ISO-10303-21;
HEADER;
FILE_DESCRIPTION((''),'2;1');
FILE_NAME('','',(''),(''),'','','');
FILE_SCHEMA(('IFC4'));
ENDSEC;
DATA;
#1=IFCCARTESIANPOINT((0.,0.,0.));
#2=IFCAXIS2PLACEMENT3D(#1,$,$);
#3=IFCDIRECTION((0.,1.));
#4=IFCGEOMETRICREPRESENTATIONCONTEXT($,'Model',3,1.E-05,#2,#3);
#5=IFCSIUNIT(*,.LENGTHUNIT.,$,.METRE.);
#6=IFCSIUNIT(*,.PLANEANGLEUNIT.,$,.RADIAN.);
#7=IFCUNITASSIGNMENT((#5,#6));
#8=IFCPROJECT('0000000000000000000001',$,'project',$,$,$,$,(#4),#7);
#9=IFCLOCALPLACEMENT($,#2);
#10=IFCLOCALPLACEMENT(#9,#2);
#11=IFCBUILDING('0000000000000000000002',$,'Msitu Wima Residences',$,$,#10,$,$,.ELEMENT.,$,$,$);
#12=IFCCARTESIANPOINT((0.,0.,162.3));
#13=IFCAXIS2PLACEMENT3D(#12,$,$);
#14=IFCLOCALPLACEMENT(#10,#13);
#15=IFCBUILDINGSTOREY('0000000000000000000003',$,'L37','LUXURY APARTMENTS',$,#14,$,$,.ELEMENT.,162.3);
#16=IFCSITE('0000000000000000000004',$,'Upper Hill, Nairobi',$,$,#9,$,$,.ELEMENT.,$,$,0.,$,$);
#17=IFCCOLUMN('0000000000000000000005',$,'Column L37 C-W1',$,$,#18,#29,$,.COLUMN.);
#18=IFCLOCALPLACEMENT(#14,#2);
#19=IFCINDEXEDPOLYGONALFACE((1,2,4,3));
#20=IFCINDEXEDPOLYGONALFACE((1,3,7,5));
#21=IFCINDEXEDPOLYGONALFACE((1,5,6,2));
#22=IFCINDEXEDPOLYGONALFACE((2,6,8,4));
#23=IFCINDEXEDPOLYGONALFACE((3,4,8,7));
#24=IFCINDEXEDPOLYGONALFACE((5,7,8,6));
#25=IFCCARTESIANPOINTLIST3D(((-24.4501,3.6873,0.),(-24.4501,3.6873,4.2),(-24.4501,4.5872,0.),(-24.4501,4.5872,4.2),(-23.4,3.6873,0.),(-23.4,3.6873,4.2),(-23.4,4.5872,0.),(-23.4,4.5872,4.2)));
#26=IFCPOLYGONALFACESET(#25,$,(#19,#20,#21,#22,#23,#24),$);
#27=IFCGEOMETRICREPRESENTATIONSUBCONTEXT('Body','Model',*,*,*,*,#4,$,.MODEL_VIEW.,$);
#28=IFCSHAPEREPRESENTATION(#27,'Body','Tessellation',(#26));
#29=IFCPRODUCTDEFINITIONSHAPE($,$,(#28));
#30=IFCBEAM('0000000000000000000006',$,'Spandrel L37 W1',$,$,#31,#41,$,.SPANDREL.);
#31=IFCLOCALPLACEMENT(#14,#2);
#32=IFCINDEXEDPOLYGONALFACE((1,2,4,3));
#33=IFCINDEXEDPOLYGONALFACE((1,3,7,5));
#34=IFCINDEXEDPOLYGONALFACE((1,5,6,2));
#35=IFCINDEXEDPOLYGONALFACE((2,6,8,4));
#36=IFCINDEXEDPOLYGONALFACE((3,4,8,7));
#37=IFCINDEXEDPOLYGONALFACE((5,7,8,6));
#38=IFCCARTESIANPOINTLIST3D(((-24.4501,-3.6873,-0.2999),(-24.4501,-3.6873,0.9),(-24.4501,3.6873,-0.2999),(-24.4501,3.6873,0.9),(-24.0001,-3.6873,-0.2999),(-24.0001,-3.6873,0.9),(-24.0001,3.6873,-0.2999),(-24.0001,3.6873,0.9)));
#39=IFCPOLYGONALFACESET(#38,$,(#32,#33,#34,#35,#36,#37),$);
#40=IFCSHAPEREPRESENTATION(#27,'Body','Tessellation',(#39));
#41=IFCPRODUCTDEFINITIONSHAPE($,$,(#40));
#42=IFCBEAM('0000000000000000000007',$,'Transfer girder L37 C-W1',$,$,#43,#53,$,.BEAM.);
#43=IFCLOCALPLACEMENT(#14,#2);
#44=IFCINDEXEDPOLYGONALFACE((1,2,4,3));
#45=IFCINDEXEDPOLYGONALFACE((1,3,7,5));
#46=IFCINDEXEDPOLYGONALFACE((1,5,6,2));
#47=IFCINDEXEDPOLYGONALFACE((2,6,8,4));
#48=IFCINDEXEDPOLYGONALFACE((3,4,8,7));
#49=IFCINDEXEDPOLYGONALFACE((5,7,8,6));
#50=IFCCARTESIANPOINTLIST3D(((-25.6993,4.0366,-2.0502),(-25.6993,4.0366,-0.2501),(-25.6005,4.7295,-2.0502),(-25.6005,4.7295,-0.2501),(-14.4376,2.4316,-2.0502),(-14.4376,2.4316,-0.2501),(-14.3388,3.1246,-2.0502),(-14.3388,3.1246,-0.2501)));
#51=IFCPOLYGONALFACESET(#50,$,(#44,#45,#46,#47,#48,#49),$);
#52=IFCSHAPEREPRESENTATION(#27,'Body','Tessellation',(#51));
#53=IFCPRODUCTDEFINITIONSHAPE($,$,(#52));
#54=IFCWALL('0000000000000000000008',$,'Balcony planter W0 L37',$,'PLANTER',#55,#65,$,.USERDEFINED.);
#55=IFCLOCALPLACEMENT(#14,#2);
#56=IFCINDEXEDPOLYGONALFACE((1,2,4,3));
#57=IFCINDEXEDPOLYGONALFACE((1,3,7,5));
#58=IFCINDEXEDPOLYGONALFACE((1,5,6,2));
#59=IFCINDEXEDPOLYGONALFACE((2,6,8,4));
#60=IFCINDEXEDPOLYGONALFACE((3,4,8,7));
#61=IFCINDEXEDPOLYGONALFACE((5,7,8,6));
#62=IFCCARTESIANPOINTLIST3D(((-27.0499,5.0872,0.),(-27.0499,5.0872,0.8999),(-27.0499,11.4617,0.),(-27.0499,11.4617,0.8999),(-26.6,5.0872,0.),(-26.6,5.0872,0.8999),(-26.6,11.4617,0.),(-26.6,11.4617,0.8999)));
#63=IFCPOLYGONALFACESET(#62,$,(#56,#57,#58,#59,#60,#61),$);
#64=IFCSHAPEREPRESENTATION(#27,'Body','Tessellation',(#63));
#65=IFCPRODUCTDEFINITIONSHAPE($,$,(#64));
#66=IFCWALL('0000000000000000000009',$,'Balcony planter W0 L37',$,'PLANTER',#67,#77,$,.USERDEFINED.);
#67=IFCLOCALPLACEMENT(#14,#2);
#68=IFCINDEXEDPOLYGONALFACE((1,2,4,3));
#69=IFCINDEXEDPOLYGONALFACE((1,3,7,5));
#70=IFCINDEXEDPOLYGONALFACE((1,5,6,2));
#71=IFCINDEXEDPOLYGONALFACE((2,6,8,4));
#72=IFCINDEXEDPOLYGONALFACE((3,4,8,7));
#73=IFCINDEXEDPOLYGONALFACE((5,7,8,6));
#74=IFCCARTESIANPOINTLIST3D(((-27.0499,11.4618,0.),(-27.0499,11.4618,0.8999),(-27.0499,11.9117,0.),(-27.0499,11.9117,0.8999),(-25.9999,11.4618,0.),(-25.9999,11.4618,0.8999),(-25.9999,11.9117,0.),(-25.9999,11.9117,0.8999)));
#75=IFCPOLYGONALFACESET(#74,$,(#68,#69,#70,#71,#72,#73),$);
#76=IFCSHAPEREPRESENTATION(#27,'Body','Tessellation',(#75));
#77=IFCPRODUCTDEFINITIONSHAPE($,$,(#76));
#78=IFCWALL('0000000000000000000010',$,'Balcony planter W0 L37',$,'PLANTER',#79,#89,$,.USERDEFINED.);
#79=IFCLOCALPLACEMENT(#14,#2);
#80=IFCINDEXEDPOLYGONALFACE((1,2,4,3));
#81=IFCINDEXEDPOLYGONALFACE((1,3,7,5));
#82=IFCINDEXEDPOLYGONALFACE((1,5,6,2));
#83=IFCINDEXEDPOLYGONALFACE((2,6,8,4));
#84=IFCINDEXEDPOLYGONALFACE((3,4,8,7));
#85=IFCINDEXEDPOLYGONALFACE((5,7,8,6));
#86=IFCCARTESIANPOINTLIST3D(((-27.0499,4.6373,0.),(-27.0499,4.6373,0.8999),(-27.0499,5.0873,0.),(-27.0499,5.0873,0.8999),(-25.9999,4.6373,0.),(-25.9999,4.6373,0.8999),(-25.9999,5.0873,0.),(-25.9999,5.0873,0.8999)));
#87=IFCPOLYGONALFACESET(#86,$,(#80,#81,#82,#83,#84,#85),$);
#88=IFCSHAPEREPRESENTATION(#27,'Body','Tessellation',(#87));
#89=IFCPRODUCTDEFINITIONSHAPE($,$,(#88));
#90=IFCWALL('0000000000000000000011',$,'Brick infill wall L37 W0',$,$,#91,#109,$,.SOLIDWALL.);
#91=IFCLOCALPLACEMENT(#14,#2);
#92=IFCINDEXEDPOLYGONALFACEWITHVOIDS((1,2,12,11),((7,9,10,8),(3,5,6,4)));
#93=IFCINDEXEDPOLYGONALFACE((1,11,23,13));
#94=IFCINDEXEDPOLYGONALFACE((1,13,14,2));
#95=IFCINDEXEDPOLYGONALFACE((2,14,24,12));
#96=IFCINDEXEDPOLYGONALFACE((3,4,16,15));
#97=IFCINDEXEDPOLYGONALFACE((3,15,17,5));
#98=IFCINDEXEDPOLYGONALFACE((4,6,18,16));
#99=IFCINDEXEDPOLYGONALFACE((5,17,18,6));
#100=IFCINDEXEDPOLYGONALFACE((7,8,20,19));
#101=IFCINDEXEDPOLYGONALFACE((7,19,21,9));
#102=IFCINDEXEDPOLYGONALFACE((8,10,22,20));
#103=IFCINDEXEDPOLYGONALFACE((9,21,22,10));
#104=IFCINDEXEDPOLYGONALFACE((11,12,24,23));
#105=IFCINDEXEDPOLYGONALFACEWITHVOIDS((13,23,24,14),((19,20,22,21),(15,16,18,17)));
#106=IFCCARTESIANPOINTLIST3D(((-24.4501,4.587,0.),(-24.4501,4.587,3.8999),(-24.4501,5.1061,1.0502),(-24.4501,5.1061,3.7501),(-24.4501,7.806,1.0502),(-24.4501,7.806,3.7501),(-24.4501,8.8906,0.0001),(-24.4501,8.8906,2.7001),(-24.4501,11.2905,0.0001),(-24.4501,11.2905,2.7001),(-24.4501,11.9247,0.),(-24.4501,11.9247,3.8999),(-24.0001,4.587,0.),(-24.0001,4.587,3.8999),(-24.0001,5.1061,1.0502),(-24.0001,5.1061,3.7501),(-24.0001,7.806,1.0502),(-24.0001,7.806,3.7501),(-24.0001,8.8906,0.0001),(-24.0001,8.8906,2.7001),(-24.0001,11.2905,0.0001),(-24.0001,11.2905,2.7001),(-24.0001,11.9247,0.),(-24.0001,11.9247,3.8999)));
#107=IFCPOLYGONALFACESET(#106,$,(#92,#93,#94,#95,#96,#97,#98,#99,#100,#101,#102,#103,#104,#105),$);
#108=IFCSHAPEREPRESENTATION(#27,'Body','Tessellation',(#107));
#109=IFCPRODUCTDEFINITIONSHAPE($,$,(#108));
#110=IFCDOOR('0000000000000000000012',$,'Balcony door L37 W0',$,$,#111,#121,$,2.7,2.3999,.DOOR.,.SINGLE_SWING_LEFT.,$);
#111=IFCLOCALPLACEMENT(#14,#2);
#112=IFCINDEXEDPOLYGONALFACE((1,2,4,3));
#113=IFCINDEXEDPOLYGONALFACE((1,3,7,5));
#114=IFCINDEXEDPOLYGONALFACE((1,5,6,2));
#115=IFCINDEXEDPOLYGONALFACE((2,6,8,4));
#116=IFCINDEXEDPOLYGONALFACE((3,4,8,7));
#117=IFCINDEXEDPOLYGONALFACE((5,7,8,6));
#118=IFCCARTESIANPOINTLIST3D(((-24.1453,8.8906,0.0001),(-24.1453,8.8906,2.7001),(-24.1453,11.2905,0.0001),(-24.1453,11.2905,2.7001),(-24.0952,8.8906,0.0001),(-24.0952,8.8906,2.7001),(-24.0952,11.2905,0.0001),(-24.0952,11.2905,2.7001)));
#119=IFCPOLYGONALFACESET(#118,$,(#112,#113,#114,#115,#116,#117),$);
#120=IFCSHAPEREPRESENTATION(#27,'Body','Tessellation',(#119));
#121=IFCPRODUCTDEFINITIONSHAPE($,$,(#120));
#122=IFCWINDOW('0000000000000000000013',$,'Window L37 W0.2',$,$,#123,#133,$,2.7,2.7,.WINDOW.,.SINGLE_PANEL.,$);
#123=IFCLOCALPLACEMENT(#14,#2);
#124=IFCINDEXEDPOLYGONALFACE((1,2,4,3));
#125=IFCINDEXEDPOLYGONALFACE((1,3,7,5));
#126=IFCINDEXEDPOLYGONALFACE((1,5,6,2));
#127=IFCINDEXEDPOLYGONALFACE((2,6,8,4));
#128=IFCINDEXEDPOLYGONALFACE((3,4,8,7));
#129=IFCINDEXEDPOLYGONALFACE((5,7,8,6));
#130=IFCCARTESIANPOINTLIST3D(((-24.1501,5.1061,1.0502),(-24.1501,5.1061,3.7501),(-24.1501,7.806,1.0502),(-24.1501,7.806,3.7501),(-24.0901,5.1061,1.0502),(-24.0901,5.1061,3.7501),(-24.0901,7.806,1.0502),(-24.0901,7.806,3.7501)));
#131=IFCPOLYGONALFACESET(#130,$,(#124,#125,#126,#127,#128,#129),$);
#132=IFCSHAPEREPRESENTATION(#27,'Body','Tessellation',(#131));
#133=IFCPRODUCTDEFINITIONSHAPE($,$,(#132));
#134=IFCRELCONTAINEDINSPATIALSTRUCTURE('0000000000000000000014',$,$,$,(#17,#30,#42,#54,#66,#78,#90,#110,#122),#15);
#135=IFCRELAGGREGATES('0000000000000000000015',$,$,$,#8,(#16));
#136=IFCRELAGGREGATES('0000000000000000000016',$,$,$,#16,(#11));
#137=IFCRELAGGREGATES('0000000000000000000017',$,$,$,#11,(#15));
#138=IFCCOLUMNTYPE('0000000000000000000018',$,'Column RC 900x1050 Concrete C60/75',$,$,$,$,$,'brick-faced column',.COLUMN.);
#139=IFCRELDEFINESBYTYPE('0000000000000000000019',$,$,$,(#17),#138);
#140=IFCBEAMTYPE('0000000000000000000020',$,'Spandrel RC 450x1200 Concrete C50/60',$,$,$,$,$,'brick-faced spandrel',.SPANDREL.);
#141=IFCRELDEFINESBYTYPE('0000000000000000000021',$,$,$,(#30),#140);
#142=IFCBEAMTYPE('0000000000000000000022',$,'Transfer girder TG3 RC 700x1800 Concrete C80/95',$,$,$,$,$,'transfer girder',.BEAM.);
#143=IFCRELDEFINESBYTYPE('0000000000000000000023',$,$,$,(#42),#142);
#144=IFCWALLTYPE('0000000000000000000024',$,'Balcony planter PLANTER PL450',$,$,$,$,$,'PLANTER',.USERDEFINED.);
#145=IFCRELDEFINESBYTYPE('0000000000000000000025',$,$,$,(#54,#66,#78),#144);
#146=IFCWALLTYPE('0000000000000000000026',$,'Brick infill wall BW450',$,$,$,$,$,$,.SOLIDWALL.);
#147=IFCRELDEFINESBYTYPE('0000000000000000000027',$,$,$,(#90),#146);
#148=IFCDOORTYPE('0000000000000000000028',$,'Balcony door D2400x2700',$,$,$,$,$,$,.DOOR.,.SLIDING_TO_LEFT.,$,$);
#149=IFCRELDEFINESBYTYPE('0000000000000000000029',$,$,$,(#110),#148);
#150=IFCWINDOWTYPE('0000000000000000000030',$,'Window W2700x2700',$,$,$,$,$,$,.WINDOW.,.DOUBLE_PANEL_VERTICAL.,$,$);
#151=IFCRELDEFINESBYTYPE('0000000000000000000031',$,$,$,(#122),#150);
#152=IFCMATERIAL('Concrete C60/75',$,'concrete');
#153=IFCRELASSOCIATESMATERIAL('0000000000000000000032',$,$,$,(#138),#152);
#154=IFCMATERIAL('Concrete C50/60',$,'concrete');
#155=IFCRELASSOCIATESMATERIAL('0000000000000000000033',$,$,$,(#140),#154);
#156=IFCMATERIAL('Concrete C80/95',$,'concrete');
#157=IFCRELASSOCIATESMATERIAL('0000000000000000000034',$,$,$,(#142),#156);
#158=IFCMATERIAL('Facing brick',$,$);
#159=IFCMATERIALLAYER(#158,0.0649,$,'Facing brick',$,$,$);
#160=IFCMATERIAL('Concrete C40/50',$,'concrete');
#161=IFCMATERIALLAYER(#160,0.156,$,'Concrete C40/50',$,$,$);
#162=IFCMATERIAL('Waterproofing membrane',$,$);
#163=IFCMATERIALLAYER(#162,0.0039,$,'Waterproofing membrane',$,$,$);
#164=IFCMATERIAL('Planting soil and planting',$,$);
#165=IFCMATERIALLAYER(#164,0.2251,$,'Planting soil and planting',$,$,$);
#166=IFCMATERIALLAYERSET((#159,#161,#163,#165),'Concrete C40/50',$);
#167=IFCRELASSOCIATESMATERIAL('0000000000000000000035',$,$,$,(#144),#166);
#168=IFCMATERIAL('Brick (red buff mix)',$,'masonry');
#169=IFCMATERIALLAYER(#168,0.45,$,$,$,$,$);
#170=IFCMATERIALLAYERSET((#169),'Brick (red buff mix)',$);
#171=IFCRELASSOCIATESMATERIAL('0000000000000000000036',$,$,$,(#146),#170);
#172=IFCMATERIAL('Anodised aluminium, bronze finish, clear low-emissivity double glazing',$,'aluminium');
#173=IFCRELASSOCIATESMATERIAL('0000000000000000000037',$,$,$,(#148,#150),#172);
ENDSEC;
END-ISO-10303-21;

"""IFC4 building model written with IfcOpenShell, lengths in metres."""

from ifc_helpers import new_model, si_unit, direction, frame, frame_2d, origin, origin_2d, place, context, subcontext, project, spatial, rectangle, extrude, material, layer, layer_set, material_profile, profile_set, type_object, element, fill, save


model = new_model("IFC4")

# Units and contexts
model_context = context("Model", 3, precision=1e-05, world=origin(), true_north=direction((0.0, 1.0)))
body_context = subcontext(model_context, "Body", "Model", "MODEL_VIEW")
ifc_project = project(units=[si_unit("LENGTHUNIT", "METRE"), si_unit("PLANEANGLEUNIT", "RADIAN")], contexts=[model_context])

# Site, building, storey
site_placement = place(None, origin())
site = spatial("IfcSite", under=ifc_project, at=site_placement, Name="Upper Hill, Nairobi", CompositionType="ELEMENT", RefElevation=0.0)
building_placement = place(site_placement, origin())
building = spatial("IfcBuilding", under=site, at=building_placement, Name="Msitu Wima Residences", CompositionType="ELEMENT")
storey_placement = place(building_placement, frame((0.0, 0.0, 162.3)))
storey = spatial("IfcBuildingStorey", under=building, at=storey_placement, Name="L37", Description="LUXURY APARTMENTS", CompositionType="ELEMENT", Elevation=162.3)

# Column
ifc_material_1 = material(Name="Concrete C60/75", Category="concrete")
ifc_material_profile_1 = material_profile(ifc_material_1, rectangle(XDim=0.8999, YDim=1.05, at=origin_2d()), Name="RC 900x1050")
ifc_profile_set_1 = profile_set([ifc_material_profile_1], Name="Concrete C60/75")
column_type = type_object("IfcColumnType", Name="Column RC 900x1050 Concrete C60/75", ElementType="brick-faced column", PredefinedType="COLUMN", material=ifc_profile_set_1)
column_placement = place(storey_placement, frame((-23.925, 4.1372, 0.0), z_axis=(0.0, 0.0, 1.0), x_axis=(0.0, -1.0, 0.0)))
element("IfcColumn", 1, at=column_placement, inside=storey, type_object=column_type, Name="Column L37 C-W1", PredefinedType="COLUMN", context=body_context, shape_type="SweptSolid", body=[
    extrude(rectangle(XDim=0.8999, YDim=1.05, at=origin_2d()), origin(), (0.0, 0.0, 1.0), 4.2),
])

# Beams
ifc_material_2 = material(Name="Concrete C50/60", Category="concrete")
ifc_material_profile_2 = material_profile(ifc_material_2, rectangle(XDim=0.45, YDim=1.2, at=origin_2d()), Name="RC 450x1200")
ifc_profile_set_2 = profile_set([ifc_material_profile_2], Name="Concrete C50/60")
beam_type_1 = type_object("IfcBeamType", Name="Spandrel RC 450x1200 Concrete C50/60", ElementType="brick-faced spandrel", PredefinedType="SPANDREL", material=ifc_profile_set_2)
beam_1_placement = place(storey_placement, frame((-24.2251, 3.6873, 0.3), z_axis=(0.0, -1.0, 0.0), x_axis=(1.0, 0.0, 0.0)))
element("IfcBeam", 2, at=beam_1_placement, inside=storey, type_object=beam_type_1, Name="Spandrel L37 W1", PredefinedType="SPANDREL", context=body_context, shape_type="SweptSolid", body=[
    extrude(rectangle(XDim=0.45, YDim=1.2, at=origin_2d()), origin(), (0.0, 0.0, 1.0), 7.3745),
])
ifc_material_3 = material(Name="Concrete C80/95", Category="concrete")
ifc_material_profile_3 = material_profile(ifc_material_3, rectangle(XDim=0.7, YDim=1.8, at=origin_2d()), Name="RC 700x1800")
ifc_profile_set_3 = profile_set([ifc_material_profile_3], Name="Concrete C80/95")
beam_type_2 = type_object("IfcBeamType", Name="Transfer girder TG3 RC 700x1800 Concrete C80/95", ElementType="transfer girder", PredefinedType="BEAM", material=ifc_profile_set_3)
beam_2_placement = place(storey_placement, frame((-25.6499, 4.3831, -1.1501), z_axis=(0.989997, -0.141091, 0.0), x_axis=(0.141091, 0.989997, 0.0)))
element("IfcBeam", 3, at=beam_2_placement, inside=storey, type_object=beam_type_2, Name="Transfer girder L37 C-W1", PredefinedType="BEAM", context=body_context, shape_type="SweptSolid", body=[
    extrude(rectangle(XDim=0.7, YDim=1.8, at=origin_2d()), origin(), (0.0, 0.0, 1.0), 11.3755),
])

# Walls
ifc_material_4 = material(Name="Facing brick")
ifc_layer_1 = layer(ifc_material_4, 0.0649, Name="Facing brick")
ifc_material_5 = material(Name="Concrete C40/50", Category="concrete")
ifc_layer_2 = layer(ifc_material_5, 0.156, Name="Concrete C40/50")
ifc_material_6 = material(Name="Waterproofing membrane")
ifc_layer_3 = layer(ifc_material_6, 0.0039, Name="Waterproofing membrane")
ifc_material_7 = material(Name="Planting soil and planting")
ifc_layer_4 = layer(ifc_material_7, 0.2251, Name="Planting soil and planting")
ifc_layer_set_1 = layer_set([ifc_layer_1, ifc_layer_2, ifc_layer_3, ifc_layer_4], Name="Concrete C40/50")
wall_type_1 = type_object("IfcWallType", Name="Balcony planter PLANTER PL450", ElementType="PLANTER", PredefinedType="USERDEFINED", material=ifc_layer_set_1)
wall_1_placement = place(storey_placement, frame((-26.825, 11.4617, 0.0), z_axis=(0.0, 0.0, 1.0), x_axis=(0.0, -1.0, 0.0)))
element("IfcWall", 4, at=wall_1_placement, inside=storey, type_object=wall_type_1, Name="Balcony planter W0 L37", ObjectType="PLANTER", PredefinedType="USERDEFINED", context=body_context, shape_type="SweptSolid", body=[
    extrude(rectangle(XDim=6.3745, YDim=0.45, at=frame_2d((3.1873, 0.0))), origin(), (0.0, 0.0, 1.0), 0.8999),
])
for number, where, z_axis, x_axis, name in (
    (5, (-26.0, 11.6868, 0.0), (0.0, 0.0, 1.0), (-1.0, 0.0, 0.0), "Balcony planter W0 L37"),
    (6, (-26.0, 4.8623, 0.0), (0.0, 0.0, 1.0), (-1.0, 0.0, 0.0), "Balcony planter W0 L37"),
):
    element("IfcWall", number, at=place(storey_placement, frame(where, z_axis=z_axis, x_axis=x_axis)), inside=storey, type_object=wall_type_1, Name=name, ObjectType="PLANTER", PredefinedType="USERDEFINED", context=body_context, shape_type="SweptSolid", body=[
        extrude(rectangle(XDim=1.05, YDim=0.45, at=frame_2d((0.5249, 0.0))), origin(), (0.0, 0.0, 1.0), 0.8999),
    ])

# Wall, openings, door, window
ifc_material_8 = material(Name="Brick (red buff mix)", Category="masonry")
ifc_layer_5 = layer(ifc_material_8, 0.45)
ifc_layer_set_2 = layer_set([ifc_layer_5], Name="Brick (red buff mix)")
wall_type_2 = type_object("IfcWallType", Name="Brick infill wall BW450", PredefinedType="SOLIDWALL", material=ifc_layer_set_2)
wall_2_placement = place(storey_placement, frame((-24.2251, 11.9248, 0.0), z_axis=(0.0, 0.0, 1.0), x_axis=(0.0, -1.0, 0.0)))
wall_2 = element("IfcWall", 7, at=wall_2_placement, inside=storey, type_object=wall_type_2, Name="Brick infill wall L37 W0", PredefinedType="SOLIDWALL", context=body_context, shape_type="SweptSolid", body=[
    extrude(rectangle(XDim=7.3376, YDim=0.45, at=frame_2d((3.6689, 0.0))), origin(), (0.0, 0.0, 1.0), 3.8999),
])
opening_1_placement = place(wall_2_placement, frame((0.6343, 0.0, 0.0)))
opening_1 = element("IfcOpeningElement", 8, at=opening_1_placement, cuts=wall_2, PredefinedType="OPENING", context=body_context, shape_type="SweptSolid", body=[
    extrude(rectangle(XDim=2.3999, YDim=2.7, at=frame_2d((1.2, 1.3501))), frame((0.0, 0.2349, 0.0), z_axis=(0.0, -1.0, 0.0), x_axis=(1.0, 0.0, 0.0)), (0.0, 0.0, 1.0), 0.47),
])
opening_2_placement = place(wall_2_placement, frame((4.1187, 0.0, 1.05)))
opening_2 = element("IfcOpeningElement", 9, at=opening_2_placement, cuts=wall_2, PredefinedType="OPENING", context=body_context, shape_type="SweptSolid", body=[
    extrude(rectangle(XDim=2.7, YDim=2.7, at=frame_2d((1.3501, 1.3501))), frame((0.0, 0.2349, 0.0), z_axis=(0.0, -1.0, 0.0), x_axis=(1.0, 0.0, 0.0)), (0.0, 0.0, 1.0), 0.47),
])
ifc_material_9 = material(Name="Anodised aluminium, bronze finish, clear low-emissivity double glazing", Category="aluminium")
door_type_1 = type_object("IfcDoorType", Name="Balcony door D2400x2700", OperationType="SLIDING_TO_LEFT", PredefinedType="DOOR", material=ifc_material_9)
door_1_placement = place(opening_1_placement, origin())
door_1 = element("IfcDoor", 10, at=door_1_placement, inside=storey, type_object=door_type_1, Name="Balcony door L37 W0", OperationType="SINGLE_SWING_LEFT", OverallHeight=2.7, OverallWidth=2.3999, PredefinedType="DOOR", context=body_context, shape_type="SweptSolid", body=[
    extrude(rectangle(XDim=2.3999, YDim=2.7, at=frame_2d((1.2, 1.3501))), frame((0.0, 0.1299, 0.0), z_axis=(0.0, -1.0, 0.0), x_axis=(1.0, 0.0, 0.0)), (0.0, 0.0, 1.0), 0.05),
])
fill(opening_1, door_1)
window_type = type_object("IfcWindowType", Name="Window W2700x2700", PartitioningType="DOUBLE_PANEL_VERTICAL", PredefinedType="WINDOW", material=ifc_material_9)
window_1_placement = place(opening_2_placement, origin())
window_1 = element("IfcWindow", 11, at=window_1_placement, inside=storey, type_object=window_type, Name="Window L37 W0.2", OverallHeight=2.7, OverallWidth=2.7, PartitioningType="SINGLE_PANEL", PredefinedType="WINDOW", context=body_context, shape_type="SweptSolid", body=[
    extrude(rectangle(XDim=2.7, YDim=2.7, at=frame_2d((1.3501, 1.3501))), frame((0.0, 0.135, 0.0), z_axis=(0.0, -1.0, 0.0), x_axis=(1.0, 0.0, 0.0)), (0.0, 0.0, 1.0), 0.0601),
])
fill(opening_2, window_1)

save(model, "model.ifc")
